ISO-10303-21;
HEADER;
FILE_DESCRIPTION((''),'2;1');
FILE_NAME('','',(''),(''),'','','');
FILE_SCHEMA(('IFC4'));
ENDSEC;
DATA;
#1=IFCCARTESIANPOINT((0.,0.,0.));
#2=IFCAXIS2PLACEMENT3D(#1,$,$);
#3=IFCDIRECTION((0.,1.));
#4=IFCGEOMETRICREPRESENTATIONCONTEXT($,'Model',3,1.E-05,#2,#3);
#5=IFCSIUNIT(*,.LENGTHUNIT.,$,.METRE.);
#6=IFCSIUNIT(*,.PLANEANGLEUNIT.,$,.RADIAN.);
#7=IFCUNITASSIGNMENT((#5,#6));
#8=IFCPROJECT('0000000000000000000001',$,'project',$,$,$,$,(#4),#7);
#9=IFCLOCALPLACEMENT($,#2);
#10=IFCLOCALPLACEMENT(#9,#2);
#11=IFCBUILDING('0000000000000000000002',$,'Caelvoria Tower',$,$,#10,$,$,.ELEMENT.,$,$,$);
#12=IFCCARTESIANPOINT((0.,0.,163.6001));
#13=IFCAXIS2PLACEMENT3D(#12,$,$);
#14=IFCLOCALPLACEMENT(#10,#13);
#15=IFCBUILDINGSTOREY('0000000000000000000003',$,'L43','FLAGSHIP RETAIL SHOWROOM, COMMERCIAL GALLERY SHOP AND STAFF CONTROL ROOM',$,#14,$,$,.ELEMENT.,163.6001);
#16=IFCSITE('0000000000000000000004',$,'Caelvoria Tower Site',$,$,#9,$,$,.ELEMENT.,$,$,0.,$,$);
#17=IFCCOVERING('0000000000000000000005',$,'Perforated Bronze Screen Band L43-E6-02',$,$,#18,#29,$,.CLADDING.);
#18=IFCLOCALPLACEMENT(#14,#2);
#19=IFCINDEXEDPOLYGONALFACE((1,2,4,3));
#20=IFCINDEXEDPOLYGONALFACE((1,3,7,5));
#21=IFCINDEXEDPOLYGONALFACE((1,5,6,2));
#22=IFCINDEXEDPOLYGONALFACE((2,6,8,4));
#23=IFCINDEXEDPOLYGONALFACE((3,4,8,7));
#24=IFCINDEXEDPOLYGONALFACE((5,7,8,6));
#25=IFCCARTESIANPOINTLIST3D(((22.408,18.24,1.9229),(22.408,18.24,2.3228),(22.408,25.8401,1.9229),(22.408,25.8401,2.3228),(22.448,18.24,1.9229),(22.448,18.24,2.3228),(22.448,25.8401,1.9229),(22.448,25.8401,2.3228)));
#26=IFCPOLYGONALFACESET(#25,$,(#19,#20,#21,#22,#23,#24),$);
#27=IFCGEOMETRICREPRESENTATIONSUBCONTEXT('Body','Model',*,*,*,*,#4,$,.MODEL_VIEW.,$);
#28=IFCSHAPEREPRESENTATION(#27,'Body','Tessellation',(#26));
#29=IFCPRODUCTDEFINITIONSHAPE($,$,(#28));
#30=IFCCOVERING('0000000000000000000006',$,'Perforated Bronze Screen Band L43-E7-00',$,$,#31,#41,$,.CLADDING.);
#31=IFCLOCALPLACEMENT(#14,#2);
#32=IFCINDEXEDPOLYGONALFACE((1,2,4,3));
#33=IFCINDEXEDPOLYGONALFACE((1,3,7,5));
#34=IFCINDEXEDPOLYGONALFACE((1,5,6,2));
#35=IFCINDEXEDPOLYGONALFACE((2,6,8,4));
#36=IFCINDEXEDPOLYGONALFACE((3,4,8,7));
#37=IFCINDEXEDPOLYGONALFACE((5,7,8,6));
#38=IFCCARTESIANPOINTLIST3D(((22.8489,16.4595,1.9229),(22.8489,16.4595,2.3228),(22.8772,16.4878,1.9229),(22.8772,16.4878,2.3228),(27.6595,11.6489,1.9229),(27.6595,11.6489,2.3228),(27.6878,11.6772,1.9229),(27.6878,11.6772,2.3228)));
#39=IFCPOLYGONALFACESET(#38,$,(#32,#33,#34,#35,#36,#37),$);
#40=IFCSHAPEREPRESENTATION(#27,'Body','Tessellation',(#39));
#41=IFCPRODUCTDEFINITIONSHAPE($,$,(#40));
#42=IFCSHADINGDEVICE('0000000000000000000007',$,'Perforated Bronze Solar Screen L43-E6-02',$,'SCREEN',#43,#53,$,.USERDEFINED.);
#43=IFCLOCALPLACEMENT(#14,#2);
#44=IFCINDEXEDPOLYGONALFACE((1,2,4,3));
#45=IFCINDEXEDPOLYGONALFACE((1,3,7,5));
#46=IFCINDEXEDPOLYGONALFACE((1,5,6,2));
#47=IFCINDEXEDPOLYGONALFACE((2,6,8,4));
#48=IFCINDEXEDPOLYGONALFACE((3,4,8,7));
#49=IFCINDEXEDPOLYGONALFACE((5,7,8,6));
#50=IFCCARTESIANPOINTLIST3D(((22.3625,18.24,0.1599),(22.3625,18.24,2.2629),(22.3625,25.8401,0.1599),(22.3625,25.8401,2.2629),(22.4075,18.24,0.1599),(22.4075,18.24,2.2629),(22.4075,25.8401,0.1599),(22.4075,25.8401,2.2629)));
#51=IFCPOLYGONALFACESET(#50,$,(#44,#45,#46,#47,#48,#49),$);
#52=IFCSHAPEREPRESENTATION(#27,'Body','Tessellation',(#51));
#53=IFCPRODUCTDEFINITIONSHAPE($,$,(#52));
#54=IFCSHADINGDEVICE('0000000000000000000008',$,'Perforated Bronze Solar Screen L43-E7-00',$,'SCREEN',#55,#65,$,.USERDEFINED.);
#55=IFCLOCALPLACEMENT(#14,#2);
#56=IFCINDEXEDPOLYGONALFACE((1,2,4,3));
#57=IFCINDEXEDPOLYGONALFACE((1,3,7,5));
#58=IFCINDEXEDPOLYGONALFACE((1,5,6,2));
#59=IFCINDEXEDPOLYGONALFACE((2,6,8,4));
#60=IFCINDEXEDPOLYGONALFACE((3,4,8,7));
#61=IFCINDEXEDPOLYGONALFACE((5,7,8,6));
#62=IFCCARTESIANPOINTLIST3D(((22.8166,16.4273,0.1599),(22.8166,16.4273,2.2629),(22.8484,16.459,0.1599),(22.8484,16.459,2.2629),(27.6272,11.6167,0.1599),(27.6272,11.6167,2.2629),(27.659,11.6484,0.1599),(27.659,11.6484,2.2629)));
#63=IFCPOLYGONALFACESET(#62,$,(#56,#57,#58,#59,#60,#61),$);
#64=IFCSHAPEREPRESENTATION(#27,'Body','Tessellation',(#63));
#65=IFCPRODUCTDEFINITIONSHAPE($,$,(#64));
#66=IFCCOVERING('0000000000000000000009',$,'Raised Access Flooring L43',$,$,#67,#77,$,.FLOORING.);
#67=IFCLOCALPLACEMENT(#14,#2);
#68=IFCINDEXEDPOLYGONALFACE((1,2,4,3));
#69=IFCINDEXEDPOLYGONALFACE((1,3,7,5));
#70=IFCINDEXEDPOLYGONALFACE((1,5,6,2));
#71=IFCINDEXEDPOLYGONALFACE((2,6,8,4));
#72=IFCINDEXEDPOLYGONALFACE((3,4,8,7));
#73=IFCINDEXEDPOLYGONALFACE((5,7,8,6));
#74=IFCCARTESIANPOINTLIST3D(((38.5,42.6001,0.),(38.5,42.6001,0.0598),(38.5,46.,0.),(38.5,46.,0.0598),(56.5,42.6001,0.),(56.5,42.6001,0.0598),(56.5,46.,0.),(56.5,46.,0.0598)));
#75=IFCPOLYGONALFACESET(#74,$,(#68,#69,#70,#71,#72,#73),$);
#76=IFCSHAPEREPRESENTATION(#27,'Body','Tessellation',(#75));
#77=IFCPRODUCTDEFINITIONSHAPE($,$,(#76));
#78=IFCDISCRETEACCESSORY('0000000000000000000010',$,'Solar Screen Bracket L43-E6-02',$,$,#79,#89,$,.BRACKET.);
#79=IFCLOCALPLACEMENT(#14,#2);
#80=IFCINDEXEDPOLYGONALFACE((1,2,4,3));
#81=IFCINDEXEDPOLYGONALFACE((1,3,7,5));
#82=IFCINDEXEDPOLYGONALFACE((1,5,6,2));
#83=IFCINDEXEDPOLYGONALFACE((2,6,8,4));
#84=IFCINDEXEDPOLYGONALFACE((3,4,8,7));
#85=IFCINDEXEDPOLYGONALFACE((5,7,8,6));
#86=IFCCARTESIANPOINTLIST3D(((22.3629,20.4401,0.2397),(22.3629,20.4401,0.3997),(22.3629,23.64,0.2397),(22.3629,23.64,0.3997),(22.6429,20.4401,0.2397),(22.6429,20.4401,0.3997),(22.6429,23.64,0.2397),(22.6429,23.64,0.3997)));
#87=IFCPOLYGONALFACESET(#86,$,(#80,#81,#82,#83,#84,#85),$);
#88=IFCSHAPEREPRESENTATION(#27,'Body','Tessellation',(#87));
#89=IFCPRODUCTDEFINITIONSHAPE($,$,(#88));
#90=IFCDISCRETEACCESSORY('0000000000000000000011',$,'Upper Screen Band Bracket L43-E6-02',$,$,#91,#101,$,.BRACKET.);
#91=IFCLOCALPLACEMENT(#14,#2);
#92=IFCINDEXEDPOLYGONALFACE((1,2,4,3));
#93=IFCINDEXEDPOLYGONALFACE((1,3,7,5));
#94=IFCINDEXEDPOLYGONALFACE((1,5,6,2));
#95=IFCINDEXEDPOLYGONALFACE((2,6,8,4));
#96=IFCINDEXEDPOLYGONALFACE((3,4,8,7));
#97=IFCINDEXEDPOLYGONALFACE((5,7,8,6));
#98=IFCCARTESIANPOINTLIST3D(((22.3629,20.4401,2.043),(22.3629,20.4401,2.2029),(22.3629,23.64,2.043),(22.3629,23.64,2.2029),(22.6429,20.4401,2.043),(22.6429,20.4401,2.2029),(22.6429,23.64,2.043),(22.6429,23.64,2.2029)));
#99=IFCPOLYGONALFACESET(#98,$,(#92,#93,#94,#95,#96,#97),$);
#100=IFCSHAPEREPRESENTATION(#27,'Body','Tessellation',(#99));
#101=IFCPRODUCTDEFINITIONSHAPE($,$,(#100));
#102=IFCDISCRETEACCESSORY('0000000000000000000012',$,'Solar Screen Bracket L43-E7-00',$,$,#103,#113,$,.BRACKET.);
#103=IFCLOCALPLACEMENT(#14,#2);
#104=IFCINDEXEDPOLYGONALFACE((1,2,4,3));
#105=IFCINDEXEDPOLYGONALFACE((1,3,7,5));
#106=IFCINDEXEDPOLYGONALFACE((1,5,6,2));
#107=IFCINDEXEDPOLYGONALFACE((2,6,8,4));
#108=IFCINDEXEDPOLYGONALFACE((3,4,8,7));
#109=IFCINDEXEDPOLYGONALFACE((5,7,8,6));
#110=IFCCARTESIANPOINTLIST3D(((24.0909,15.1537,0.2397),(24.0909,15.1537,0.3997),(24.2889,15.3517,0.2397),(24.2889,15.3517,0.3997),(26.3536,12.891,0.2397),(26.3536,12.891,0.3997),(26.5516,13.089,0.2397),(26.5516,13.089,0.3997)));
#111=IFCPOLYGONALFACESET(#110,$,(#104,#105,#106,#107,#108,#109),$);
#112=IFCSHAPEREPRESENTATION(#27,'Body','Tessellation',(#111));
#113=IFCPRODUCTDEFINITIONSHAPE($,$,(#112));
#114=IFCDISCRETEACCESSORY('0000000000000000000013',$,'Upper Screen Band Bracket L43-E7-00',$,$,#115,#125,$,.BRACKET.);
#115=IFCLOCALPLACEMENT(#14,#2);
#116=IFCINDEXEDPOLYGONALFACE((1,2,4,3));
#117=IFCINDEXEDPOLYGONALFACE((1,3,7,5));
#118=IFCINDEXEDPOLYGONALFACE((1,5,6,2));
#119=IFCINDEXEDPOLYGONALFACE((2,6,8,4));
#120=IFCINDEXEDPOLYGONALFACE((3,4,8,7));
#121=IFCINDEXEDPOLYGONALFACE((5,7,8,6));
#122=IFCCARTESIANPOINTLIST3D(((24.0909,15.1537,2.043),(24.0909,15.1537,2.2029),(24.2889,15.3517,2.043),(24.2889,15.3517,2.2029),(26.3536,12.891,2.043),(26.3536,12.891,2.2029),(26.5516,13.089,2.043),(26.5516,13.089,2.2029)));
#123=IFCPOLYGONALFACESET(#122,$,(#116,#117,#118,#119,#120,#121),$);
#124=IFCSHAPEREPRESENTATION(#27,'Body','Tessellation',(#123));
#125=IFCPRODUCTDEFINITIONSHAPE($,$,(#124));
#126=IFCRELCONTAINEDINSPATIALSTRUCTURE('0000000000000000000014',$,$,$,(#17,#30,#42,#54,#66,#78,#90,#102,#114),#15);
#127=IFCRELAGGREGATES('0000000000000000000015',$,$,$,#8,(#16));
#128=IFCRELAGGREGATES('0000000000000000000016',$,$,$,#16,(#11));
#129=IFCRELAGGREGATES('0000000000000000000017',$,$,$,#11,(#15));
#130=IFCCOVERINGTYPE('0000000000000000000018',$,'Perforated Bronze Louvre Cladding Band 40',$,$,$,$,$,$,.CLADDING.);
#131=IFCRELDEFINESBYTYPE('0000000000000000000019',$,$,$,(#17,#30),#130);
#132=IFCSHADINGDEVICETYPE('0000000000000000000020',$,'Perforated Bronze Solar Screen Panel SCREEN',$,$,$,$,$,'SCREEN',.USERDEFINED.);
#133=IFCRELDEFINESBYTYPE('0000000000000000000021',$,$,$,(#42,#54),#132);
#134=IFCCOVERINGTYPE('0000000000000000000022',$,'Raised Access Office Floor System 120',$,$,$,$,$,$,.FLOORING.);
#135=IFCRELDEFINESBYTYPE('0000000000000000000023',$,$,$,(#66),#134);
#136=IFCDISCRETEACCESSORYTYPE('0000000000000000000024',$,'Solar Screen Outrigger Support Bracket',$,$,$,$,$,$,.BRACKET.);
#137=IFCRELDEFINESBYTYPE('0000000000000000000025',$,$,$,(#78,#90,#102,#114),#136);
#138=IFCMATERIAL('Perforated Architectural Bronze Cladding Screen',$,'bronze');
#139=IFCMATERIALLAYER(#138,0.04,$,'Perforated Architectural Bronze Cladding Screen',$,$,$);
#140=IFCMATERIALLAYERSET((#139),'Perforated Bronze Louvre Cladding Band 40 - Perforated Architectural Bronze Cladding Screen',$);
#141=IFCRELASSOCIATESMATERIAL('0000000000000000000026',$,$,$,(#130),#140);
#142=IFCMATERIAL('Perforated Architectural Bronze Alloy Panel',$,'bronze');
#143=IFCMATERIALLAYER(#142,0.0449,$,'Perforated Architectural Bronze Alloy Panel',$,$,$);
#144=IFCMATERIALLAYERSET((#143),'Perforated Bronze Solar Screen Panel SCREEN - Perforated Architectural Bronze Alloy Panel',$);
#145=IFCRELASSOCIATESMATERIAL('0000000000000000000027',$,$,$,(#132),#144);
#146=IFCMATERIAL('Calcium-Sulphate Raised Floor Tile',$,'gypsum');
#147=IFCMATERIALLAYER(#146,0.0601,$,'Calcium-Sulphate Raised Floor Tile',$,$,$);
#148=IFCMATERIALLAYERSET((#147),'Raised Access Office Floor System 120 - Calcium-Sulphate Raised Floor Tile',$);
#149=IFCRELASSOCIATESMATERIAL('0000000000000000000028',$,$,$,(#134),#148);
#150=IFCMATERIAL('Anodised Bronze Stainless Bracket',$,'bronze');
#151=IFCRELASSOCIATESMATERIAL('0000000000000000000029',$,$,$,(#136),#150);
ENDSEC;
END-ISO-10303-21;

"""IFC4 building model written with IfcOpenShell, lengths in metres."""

from ifc_helpers import new_model, si_unit, direction, frame, origin, origin_2d, place, context, subcontext, project, spatial, polyline, rectangle, outline, extrude, material, layer, layer_set, type_object, element, save


model = new_model("IFC4")

# Units and contexts
model_context = context("Model", 3, precision=1e-05, world=origin(), true_north=direction((0.0, 1.0)))
body_context = subcontext(model_context, "Body", "Model", "MODEL_VIEW")
ifc_project = project(units=[si_unit("LENGTHUNIT", "METRE"), si_unit("PLANEANGLEUNIT", "RADIAN")], contexts=[model_context])

# Site, building, storey
site_placement = place(None, origin())
site = spatial("IfcSite", under=ifc_project, at=site_placement, Name="Caelvoria Tower Site", CompositionType="ELEMENT", RefElevation=0.0)
building_placement = place(site_placement, origin())
building = spatial("IfcBuilding", under=site, at=building_placement, Name="Caelvoria Tower", CompositionType="ELEMENT")
storey_placement = place(building_placement, frame((0.0, 0.0, 163.6001)))
storey = spatial("IfcBuildingStorey", under=building, at=storey_placement, Name="L43", Description="FLAGSHIP RETAIL SHOWROOM, COMMERCIAL GALLERY SHOP AND STAFF CONTROL ROOM", CompositionType="ELEMENT", Elevation=163.6001)

# Coverings
ifc_material_1 = material(Name="Perforated Architectural Bronze Cladding Screen", Category="bronze")
ifc_layer_1 = layer(ifc_material_1, 0.04, Name="Perforated Architectural Bronze Cladding Screen")
ifc_layer_set_1 = layer_set([ifc_layer_1], Name="Perforated Bronze Louvre Cladding Band 40 - Perforated Architectural Bronze Cladding Screen")
covering_type_1 = type_object("IfcCoveringType", Name="Perforated Bronze Louvre Cladding Band 40", PredefinedType="CLADDING", material=ifc_layer_set_1)
covering_1_placement = place(storey_placement, frame((22.428, 22.04, 1.9229), z_axis=(0.0, 0.0, 1.0), x_axis=(0.0, -1.0, 0.0)))
element("IfcCovering", 1, at=covering_1_placement, inside=storey, type_object=covering_type_1, Name="Perforated Bronze Screen Band L43-E6-02", PredefinedType="CLADDING", context=body_context, shape_type="SweptSolid", body=[
    extrude(rectangle(XDim=7.6001, YDim=0.04, at=origin_2d()), origin(), (0.0, 0.0, 1.0), 0.3999),
])
covering_2_placement = place(storey_placement, frame((25.2683, 14.0684, 1.9229), z_axis=(0.0, 0.0, 1.0), x_axis=(0.707107, -0.707107, 0.0)))
element("IfcCovering", 2, at=covering_2_placement, inside=storey, type_object=covering_type_1, Name="Perforated Bronze Screen Band L43-E7-00", PredefinedType="CLADDING", context=body_context, shape_type="SweptSolid", body=[
    extrude(rectangle(XDim=6.8032, YDim=0.04, at=origin_2d()), origin(), (0.0, 0.0, 1.0), 0.3999),
])

# Shading devices
ifc_material_2 = material(Name="Perforated Architectural Bronze Alloy Panel", Category="bronze")
ifc_layer_2 = layer(ifc_material_2, 0.0449, Name="Perforated Architectural Bronze Alloy Panel")
ifc_layer_set_2 = layer_set([ifc_layer_2], Name="Perforated Bronze Solar Screen Panel SCREEN - Perforated Architectural Bronze Alloy Panel")
shading_device_type = type_object("IfcShadingDeviceType", Name="Perforated Bronze Solar Screen Panel SCREEN", ElementType="SCREEN", PredefinedType="USERDEFINED", material=ifc_layer_set_2)
shading_device_1_placement = place(storey_placement, frame((22.385, 22.04, 0.1599), z_axis=(0.0, 0.0, 1.0), x_axis=(0.0, -1.0, 0.0)))
element("IfcShadingDevice", 3, at=shading_device_1_placement, inside=storey, type_object=shading_device_type, Name="Perforated Bronze Solar Screen L43-E6-02", ObjectType="SCREEN", PredefinedType="USERDEFINED", context=body_context, shape_type="SweptSolid", body=[
    extrude(rectangle(XDim=7.6001, YDim=0.0449, at=origin_2d()), origin(), (0.0, 0.0, 1.0), 2.103),
])
shading_device_2_placement = place(storey_placement, frame((25.2378, 14.0378, 0.1599), z_axis=(0.0, 0.0, 1.0), x_axis=(0.707107, -0.707107, 0.0)))
element("IfcShadingDevice", 4, at=shading_device_2_placement, inside=storey, type_object=shading_device_type, Name="Perforated Bronze Solar Screen L43-E7-00", ObjectType="SCREEN", PredefinedType="USERDEFINED", context=body_context, shape_type="SweptSolid", body=[
    extrude(rectangle(XDim=6.8032, YDim=0.0449, at=origin_2d()), origin(), (0.0, 0.0, 1.0), 2.103),
])

# Covering
ifc_material_3 = material(Name="Calcium-Sulphate Raised Floor Tile", Category="gypsum")
ifc_layer_3 = layer(ifc_material_3, 0.0601, Name="Calcium-Sulphate Raised Floor Tile")
ifc_layer_set_3 = layer_set([ifc_layer_3], Name="Raised Access Office Floor System 120 - Calcium-Sulphate Raised Floor Tile")
covering_type_2 = type_object("IfcCoveringType", Name="Raised Access Office Floor System 120", PredefinedType="FLOORING", material=ifc_layer_set_3)
covering_3_placement = place(storey_placement, origin())
element("IfcCovering", 5, at=covering_3_placement, inside=storey, type_object=covering_type_2, Name="Raised Access Flooring L43", PredefinedType="FLOORING", context=body_context, shape_type="SweptSolid", body=[
    extrude(outline(polyline([(38.5, 42.6001), (56.5, 42.6001), (56.5, 46.0), (38.5, 46.0), (38.5, 42.6001)])), origin(), (0.0, 0.0, 1.0), 0.0598),
])

# Discrete accessories
ifc_material_4 = material(Name="Anodised Bronze Stainless Bracket", Category="bronze")
discrete_accessory_type = type_object("IfcDiscreteAccessoryType", Name="Solar Screen Outrigger Support Bracket", PredefinedType="BRACKET", material=ifc_material_4)
for number, where, z_axis, x_axis, name in (
    (6, (22.5029, 22.04, 0.2397), (0.0, 0.0, 1.0), (0.0, -1.0, 0.0), "Solar Screen Bracket L43-E6-02"),
    (7, (22.5029, 22.04, 2.043), (0.0, 0.0, 1.0), (0.0, -1.0, 0.0), "Upper Screen Band Bracket L43-E6-02"),
    (8, (25.3213, 14.1213, 0.2397), (0.0, 0.0, 1.0), (0.707107, -0.707107, 0.0), "Solar Screen Bracket L43-E7-00"),
    (9, (25.3213, 14.1213, 2.043), (0.0, 0.0, 1.0), (0.707107, -0.707107, 0.0), "Upper Screen Band Bracket L43-E7-00"),
):
    element("IfcDiscreteAccessory", number, at=place(storey_placement, frame(where, z_axis=z_axis, x_axis=x_axis)), inside=storey, type_object=discrete_accessory_type, Name=name, PredefinedType="BRACKET", context=body_context, shape_type="SweptSolid", body=[
        extrude(rectangle(XDim=3.2, YDim=0.28, at=origin_2d()), origin(), (0.0, 0.0, 1.0), 0.1599),
    ])

save(model, "model.ifc")
